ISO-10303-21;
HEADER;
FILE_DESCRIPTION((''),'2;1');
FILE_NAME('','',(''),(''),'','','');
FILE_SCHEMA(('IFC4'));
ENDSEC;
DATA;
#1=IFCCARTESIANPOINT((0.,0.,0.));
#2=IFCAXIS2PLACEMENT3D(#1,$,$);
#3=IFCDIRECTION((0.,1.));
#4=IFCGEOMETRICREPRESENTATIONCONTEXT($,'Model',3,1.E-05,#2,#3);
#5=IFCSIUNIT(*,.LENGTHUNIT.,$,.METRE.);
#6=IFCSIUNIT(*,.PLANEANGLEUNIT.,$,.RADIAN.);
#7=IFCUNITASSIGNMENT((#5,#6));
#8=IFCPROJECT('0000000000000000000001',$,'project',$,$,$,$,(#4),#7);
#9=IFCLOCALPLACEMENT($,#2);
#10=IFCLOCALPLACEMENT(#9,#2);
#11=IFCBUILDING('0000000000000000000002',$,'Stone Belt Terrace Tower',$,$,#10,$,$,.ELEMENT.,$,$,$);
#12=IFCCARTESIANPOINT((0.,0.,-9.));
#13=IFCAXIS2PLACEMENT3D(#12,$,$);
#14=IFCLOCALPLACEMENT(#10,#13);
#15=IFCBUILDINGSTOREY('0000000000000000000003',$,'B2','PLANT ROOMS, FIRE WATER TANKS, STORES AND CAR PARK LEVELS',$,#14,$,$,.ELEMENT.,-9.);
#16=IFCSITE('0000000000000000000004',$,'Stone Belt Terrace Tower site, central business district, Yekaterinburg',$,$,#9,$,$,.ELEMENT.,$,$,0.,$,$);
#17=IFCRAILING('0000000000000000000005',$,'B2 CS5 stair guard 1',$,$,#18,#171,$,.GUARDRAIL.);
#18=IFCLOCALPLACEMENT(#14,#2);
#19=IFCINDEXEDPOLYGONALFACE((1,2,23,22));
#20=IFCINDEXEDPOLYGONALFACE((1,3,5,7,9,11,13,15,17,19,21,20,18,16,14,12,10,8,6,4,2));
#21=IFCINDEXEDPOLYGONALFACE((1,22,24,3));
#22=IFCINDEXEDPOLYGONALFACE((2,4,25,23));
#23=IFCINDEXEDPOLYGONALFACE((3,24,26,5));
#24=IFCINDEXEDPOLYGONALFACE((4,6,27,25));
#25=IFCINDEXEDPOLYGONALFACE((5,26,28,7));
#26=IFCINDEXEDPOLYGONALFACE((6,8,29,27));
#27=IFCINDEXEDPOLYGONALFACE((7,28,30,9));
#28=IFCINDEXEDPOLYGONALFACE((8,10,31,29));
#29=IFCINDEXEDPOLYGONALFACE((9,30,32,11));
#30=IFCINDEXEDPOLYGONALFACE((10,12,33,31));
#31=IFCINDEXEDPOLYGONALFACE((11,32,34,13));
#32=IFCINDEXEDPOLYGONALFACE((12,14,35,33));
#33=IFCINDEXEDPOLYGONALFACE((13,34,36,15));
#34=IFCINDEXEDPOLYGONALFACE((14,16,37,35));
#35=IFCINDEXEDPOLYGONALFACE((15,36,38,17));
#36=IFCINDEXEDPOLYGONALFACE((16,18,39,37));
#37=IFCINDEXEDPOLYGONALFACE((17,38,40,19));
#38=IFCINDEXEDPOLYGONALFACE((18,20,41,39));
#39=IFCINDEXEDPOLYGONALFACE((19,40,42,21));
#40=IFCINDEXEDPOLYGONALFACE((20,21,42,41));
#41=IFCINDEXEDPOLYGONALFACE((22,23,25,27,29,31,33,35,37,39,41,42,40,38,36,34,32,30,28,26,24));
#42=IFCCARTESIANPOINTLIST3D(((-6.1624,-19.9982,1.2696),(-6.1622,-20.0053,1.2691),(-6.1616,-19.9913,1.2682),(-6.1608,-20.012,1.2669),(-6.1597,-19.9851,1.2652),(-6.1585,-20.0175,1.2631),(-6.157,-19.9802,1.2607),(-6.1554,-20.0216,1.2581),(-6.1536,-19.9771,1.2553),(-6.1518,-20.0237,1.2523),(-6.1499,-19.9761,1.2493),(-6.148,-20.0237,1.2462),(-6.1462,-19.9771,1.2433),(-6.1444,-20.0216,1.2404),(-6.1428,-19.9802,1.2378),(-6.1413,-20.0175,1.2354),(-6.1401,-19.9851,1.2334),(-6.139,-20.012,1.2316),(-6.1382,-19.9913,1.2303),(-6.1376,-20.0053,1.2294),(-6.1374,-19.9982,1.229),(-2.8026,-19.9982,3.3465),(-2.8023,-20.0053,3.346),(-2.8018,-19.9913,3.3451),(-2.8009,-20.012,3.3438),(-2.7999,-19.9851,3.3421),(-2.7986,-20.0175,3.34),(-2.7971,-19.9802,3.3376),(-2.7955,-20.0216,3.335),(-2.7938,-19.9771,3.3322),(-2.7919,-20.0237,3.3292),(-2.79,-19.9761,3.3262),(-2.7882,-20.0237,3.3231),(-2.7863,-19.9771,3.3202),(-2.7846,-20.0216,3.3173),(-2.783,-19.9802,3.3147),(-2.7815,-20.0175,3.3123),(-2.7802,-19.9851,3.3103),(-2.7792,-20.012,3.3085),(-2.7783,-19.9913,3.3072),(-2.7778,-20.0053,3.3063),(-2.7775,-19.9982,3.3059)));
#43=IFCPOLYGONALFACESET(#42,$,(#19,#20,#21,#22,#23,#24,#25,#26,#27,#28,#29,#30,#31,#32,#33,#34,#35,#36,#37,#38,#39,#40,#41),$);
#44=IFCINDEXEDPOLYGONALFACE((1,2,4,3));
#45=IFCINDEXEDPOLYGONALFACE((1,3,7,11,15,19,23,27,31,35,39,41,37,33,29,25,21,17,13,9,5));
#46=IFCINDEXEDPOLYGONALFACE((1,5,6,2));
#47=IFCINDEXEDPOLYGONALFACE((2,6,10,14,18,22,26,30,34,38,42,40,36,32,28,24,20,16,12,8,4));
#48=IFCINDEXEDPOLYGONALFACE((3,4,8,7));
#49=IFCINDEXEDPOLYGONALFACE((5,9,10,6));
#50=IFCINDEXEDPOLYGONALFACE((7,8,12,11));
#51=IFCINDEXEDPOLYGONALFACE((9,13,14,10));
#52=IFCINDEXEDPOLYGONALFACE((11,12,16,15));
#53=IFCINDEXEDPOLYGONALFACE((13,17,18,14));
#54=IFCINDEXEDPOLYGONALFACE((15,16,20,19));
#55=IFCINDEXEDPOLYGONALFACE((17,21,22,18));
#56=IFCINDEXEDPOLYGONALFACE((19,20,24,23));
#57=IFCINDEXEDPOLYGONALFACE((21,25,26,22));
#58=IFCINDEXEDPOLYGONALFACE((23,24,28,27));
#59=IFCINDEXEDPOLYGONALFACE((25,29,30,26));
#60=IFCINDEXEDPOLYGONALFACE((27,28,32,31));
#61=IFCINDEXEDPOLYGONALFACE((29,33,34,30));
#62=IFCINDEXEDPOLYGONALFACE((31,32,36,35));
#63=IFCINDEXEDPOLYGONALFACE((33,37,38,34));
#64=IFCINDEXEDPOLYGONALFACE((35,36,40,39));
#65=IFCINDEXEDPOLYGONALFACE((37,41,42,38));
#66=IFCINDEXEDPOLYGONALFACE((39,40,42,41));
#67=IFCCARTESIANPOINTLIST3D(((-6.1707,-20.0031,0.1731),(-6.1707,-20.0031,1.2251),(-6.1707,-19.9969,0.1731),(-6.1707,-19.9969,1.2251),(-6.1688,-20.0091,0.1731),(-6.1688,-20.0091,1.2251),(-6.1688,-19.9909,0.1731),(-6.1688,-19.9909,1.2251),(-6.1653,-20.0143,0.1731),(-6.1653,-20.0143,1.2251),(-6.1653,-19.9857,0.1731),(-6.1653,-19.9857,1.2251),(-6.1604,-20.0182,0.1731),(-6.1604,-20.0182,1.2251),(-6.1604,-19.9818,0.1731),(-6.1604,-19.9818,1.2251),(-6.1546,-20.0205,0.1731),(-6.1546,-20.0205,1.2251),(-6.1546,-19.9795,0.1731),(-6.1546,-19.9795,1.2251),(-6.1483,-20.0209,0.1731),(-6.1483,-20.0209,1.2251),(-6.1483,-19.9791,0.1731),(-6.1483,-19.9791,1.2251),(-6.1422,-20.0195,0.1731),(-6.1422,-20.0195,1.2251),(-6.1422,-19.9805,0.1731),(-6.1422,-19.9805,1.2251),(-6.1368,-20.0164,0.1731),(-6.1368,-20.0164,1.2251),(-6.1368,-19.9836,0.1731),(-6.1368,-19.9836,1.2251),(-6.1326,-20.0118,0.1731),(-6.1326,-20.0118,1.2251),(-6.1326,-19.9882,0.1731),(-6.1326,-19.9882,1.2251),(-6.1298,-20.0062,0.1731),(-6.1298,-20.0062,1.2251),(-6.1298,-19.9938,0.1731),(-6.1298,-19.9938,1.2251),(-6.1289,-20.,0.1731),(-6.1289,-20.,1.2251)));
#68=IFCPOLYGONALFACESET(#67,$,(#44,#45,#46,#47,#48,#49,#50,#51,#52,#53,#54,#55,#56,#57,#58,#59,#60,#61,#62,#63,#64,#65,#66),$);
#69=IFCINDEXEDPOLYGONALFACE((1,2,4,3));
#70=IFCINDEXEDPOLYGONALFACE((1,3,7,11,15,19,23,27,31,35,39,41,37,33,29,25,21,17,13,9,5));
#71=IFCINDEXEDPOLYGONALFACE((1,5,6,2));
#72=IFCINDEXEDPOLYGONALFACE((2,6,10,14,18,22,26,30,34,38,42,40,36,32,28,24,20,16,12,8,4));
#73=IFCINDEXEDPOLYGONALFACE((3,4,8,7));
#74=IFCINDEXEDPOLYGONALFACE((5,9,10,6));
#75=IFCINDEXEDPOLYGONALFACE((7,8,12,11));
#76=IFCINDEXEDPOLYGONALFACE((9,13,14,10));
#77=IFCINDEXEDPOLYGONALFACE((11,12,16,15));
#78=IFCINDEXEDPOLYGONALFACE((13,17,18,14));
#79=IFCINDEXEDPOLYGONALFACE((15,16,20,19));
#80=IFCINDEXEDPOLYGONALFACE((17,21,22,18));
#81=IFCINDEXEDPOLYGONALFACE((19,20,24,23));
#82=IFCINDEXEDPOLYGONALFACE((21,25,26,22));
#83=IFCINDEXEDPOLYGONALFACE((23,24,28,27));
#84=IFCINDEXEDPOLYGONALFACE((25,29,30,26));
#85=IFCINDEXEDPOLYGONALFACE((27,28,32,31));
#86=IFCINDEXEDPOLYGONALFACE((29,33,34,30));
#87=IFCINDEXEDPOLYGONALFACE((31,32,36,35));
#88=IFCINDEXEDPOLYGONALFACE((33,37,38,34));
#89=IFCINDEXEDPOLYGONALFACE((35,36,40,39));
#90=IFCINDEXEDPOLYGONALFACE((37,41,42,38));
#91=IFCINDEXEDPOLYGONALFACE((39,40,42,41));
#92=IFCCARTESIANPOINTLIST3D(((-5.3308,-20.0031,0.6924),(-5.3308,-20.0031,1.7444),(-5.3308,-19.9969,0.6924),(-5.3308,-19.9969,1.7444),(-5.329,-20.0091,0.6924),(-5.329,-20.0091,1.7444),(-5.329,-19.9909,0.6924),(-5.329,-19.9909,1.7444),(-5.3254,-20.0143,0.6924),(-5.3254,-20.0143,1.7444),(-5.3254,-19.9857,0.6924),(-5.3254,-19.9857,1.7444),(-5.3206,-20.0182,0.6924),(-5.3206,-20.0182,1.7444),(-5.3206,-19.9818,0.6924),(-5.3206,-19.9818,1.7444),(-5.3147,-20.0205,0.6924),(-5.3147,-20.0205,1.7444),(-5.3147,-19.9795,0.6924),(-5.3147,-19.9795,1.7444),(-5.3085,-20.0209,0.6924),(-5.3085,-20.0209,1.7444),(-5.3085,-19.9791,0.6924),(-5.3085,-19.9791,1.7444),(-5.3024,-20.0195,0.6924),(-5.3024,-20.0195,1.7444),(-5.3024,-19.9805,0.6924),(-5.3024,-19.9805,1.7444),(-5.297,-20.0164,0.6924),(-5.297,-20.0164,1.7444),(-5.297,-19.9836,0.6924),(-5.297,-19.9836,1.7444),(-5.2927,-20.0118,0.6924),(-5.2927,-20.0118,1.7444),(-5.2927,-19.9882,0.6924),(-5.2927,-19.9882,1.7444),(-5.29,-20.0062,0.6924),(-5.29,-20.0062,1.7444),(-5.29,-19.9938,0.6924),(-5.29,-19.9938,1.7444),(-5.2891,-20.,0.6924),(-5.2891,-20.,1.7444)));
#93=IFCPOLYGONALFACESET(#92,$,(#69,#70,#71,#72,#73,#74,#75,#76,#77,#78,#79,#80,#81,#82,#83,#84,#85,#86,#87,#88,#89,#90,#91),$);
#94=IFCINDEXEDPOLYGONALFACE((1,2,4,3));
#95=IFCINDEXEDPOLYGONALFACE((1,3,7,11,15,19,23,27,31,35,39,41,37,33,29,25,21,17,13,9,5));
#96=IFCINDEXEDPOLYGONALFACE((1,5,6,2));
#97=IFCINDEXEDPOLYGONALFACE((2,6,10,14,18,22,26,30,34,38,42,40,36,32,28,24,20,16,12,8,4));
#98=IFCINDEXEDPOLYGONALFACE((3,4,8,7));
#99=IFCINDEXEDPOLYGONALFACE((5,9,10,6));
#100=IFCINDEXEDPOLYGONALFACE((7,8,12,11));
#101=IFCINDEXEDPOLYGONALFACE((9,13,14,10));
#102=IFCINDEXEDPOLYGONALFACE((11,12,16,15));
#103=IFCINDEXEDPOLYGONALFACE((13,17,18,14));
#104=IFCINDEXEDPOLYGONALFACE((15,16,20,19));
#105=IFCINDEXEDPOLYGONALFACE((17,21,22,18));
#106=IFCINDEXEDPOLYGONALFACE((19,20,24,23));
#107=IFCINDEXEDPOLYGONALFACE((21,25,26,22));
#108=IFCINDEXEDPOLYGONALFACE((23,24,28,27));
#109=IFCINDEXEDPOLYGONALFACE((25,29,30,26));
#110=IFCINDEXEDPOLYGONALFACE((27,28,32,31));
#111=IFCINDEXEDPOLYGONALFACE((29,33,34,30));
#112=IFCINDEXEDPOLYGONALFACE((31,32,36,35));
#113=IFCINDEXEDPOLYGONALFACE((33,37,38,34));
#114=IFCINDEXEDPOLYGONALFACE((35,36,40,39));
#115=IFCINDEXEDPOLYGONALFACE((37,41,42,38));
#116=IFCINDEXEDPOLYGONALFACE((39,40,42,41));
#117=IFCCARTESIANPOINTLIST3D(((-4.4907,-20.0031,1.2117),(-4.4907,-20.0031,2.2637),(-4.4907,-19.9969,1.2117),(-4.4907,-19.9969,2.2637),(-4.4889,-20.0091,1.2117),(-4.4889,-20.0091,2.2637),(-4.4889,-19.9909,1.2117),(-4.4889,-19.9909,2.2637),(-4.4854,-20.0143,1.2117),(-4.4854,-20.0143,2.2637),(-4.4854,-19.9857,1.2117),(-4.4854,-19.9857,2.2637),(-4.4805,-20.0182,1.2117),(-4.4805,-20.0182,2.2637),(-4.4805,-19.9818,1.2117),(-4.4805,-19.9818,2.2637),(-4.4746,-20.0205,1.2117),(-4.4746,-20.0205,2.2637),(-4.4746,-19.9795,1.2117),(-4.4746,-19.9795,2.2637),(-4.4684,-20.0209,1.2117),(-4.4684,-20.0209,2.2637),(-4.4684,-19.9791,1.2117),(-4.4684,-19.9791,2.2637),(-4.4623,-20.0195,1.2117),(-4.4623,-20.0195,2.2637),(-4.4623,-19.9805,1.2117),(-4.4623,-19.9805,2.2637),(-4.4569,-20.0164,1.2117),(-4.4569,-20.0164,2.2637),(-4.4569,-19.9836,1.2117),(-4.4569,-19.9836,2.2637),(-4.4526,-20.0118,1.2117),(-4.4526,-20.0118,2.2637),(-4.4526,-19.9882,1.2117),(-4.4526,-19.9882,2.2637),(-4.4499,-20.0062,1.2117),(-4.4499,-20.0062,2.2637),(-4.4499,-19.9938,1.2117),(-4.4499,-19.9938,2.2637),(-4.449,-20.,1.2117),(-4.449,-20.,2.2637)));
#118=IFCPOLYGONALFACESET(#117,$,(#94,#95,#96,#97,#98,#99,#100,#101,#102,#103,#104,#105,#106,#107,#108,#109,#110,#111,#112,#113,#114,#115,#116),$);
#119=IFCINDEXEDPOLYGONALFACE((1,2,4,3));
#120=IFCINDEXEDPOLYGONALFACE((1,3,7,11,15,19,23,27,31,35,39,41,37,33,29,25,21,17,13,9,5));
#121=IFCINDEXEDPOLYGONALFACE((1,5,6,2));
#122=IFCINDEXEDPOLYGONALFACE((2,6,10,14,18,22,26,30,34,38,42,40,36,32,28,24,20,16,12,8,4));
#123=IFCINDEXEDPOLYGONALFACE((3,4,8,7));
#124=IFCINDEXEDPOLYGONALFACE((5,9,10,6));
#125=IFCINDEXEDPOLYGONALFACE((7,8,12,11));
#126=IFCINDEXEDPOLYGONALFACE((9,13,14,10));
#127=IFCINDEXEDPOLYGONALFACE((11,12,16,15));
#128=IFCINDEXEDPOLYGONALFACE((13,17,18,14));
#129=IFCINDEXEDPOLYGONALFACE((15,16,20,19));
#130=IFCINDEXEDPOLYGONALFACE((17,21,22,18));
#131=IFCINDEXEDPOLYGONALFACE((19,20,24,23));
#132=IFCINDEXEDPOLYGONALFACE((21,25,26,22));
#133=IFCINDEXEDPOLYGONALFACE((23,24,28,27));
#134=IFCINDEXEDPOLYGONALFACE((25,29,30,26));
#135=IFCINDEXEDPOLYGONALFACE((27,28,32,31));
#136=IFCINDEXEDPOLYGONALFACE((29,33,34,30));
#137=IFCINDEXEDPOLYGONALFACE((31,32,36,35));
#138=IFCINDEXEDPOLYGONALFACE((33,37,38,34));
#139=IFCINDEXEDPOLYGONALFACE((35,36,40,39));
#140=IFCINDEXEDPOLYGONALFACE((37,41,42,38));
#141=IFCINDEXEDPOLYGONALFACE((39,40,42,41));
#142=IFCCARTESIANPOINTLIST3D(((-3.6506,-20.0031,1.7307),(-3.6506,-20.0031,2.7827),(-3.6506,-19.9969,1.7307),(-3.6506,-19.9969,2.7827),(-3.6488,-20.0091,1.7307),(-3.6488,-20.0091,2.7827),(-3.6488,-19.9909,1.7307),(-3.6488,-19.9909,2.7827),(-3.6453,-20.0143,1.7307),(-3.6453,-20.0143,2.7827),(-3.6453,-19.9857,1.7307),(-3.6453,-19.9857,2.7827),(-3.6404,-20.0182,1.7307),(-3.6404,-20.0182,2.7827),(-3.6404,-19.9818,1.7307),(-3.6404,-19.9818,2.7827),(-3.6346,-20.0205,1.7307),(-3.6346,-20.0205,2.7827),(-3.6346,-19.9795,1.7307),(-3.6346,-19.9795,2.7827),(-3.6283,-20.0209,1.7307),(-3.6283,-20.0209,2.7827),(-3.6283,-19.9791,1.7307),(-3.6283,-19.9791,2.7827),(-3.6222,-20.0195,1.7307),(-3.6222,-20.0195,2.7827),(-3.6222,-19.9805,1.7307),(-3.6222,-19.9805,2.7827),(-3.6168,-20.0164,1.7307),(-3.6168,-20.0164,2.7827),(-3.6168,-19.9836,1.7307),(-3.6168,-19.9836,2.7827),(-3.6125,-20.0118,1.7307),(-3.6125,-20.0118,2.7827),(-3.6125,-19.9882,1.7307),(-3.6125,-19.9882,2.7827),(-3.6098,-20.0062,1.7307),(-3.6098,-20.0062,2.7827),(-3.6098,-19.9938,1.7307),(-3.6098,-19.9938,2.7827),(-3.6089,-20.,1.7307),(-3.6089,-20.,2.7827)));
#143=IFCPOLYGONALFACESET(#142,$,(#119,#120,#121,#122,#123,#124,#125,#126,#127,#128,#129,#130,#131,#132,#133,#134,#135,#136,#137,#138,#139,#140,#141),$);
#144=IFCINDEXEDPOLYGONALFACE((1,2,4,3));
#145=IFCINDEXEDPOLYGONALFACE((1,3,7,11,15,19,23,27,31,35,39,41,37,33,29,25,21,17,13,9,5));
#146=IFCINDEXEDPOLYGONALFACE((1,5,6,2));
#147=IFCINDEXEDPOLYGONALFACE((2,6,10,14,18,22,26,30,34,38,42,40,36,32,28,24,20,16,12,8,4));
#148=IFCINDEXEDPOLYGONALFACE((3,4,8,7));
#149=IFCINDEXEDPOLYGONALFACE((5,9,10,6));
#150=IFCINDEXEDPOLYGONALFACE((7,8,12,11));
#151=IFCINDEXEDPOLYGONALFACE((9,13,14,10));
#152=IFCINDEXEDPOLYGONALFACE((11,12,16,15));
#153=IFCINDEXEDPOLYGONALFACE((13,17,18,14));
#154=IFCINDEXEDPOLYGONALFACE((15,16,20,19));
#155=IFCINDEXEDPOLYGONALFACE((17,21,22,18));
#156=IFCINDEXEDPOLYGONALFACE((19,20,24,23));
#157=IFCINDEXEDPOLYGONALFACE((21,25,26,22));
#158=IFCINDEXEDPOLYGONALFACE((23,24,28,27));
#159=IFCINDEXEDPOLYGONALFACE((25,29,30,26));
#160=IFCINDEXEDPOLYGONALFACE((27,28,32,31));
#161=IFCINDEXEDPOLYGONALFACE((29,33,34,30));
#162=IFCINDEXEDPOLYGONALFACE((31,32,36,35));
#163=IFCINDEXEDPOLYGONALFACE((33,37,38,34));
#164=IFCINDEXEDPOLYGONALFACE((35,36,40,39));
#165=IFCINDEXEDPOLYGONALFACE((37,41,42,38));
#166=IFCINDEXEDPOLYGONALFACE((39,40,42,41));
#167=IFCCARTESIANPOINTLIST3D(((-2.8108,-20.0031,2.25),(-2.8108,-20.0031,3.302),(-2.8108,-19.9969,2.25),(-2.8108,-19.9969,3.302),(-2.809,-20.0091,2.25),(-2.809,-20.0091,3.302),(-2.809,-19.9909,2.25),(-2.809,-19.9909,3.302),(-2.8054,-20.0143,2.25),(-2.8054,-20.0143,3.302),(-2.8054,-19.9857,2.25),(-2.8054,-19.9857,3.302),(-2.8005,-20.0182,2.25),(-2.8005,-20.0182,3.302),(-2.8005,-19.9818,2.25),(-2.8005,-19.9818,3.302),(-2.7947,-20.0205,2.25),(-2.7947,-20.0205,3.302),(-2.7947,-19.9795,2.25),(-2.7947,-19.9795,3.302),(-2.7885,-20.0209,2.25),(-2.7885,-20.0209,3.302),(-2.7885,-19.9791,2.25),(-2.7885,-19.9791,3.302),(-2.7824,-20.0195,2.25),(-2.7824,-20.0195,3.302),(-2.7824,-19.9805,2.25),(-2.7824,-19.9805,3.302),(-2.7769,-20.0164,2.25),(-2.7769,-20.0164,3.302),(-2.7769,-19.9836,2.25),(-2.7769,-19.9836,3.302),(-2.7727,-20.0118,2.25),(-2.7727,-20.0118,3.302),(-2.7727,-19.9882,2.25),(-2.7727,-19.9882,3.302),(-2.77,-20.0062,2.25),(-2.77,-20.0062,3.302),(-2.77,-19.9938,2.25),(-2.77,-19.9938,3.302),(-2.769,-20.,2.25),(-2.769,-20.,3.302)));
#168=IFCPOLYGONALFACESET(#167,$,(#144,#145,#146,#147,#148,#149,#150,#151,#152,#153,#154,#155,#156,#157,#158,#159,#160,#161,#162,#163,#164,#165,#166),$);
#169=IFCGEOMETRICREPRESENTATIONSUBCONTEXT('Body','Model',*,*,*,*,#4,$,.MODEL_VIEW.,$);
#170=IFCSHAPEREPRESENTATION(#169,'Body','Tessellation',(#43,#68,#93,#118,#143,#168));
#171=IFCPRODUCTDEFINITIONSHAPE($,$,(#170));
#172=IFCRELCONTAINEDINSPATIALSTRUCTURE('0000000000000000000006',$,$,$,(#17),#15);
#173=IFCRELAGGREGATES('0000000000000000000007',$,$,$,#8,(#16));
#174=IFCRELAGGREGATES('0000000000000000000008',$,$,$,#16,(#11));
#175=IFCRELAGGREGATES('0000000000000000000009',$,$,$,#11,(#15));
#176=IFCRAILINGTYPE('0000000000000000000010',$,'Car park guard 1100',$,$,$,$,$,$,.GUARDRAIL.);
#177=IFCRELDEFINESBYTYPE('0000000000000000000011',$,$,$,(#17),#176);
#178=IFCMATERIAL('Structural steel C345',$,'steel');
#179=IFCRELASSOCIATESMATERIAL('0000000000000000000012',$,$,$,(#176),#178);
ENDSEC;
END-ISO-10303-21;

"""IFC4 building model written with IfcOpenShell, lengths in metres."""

from ifc_helpers import new_model, si_unit, direction, frame, origin, origin_2d, place, context, subcontext, project, spatial, circle, extrude, material, type_object, element, save


model = new_model("IFC4")

# Units and contexts
model_context = context("Model", 3, precision=1e-05, world=origin(), true_north=direction((0.0, 1.0)))
body_context = subcontext(model_context, "Body", "Model", "MODEL_VIEW")
ifc_project = project(units=[si_unit("LENGTHUNIT", "METRE"), si_unit("PLANEANGLEUNIT", "RADIAN")], contexts=[model_context])

# Site, building, storey
site_placement = place(None, origin())
site = spatial("IfcSite", under=ifc_project, at=site_placement, Name="Stone Belt Terrace Tower site, central business district, Yekaterinburg", CompositionType="ELEMENT", RefElevation=0.0)
building_placement = place(site_placement, origin())
building = spatial("IfcBuilding", under=site, at=building_placement, Name="Stone Belt Terrace Tower", CompositionType="ELEMENT")
storey_placement = place(building_placement, frame((0.0, 0.0, -9.0)))
storey = spatial("IfcBuildingStorey", under=building, at=storey_placement, Name="B2", Description="PLANT ROOMS, FIRE WATER TANKS, STORES AND CAR PARK LEVELS", CompositionType="ELEMENT", Elevation=-9.0)

# Railing
ifc_material_1 = material(Name="Structural steel C345", Category="steel")
railing_type_1 = type_object("IfcRailingType", Name="Car park guard 1100", PredefinedType="GUARDRAIL", material=ifc_material_1)
railing_1_placement = place(storey_placement, frame((-6.1499, -20.0, 0.1731)))
element("IfcRailing", 1, at=railing_1_placement, inside=storey, type_object=railing_type_1, Name="B2 CS5 stair guard 1", PredefinedType="GUARDRAIL", context=body_context, shape_type="SweptSolid", body=[
    extrude(circle(Radius=0.0239, at=origin_2d()), frame((0.0, 0.0, 1.0762), z_axis=(0.850606, 0.0, 0.525803), x_axis=(0.0, 1.0, 0.0)), (0.0, 0.0, 1.0), 3.95),
    extrude(circle(Radius=0.021, at=origin_2d()), origin(), (0.0, 0.0, 1.0), 1.052),
    extrude(circle(Radius=0.021, at=origin_2d()), frame((0.8398, 0.0, 0.5193)), (0.0, 0.0, 1.0), 1.052),
    extrude(circle(Radius=0.021, at=origin_2d()), frame((1.6799, 0.0, 1.0386)), (0.0, 0.0, 1.0), 1.052),
    extrude(circle(Radius=0.021, at=origin_2d()), frame((2.52, 0.0, 1.5576)), (0.0, 0.0, 1.0), 1.052),
    extrude(circle(Radius=0.021, at=origin_2d()), frame((3.3599, 0.0, 2.0769)), (0.0, 0.0, 1.0), 1.052),
])

save(model, "model.ifc")
